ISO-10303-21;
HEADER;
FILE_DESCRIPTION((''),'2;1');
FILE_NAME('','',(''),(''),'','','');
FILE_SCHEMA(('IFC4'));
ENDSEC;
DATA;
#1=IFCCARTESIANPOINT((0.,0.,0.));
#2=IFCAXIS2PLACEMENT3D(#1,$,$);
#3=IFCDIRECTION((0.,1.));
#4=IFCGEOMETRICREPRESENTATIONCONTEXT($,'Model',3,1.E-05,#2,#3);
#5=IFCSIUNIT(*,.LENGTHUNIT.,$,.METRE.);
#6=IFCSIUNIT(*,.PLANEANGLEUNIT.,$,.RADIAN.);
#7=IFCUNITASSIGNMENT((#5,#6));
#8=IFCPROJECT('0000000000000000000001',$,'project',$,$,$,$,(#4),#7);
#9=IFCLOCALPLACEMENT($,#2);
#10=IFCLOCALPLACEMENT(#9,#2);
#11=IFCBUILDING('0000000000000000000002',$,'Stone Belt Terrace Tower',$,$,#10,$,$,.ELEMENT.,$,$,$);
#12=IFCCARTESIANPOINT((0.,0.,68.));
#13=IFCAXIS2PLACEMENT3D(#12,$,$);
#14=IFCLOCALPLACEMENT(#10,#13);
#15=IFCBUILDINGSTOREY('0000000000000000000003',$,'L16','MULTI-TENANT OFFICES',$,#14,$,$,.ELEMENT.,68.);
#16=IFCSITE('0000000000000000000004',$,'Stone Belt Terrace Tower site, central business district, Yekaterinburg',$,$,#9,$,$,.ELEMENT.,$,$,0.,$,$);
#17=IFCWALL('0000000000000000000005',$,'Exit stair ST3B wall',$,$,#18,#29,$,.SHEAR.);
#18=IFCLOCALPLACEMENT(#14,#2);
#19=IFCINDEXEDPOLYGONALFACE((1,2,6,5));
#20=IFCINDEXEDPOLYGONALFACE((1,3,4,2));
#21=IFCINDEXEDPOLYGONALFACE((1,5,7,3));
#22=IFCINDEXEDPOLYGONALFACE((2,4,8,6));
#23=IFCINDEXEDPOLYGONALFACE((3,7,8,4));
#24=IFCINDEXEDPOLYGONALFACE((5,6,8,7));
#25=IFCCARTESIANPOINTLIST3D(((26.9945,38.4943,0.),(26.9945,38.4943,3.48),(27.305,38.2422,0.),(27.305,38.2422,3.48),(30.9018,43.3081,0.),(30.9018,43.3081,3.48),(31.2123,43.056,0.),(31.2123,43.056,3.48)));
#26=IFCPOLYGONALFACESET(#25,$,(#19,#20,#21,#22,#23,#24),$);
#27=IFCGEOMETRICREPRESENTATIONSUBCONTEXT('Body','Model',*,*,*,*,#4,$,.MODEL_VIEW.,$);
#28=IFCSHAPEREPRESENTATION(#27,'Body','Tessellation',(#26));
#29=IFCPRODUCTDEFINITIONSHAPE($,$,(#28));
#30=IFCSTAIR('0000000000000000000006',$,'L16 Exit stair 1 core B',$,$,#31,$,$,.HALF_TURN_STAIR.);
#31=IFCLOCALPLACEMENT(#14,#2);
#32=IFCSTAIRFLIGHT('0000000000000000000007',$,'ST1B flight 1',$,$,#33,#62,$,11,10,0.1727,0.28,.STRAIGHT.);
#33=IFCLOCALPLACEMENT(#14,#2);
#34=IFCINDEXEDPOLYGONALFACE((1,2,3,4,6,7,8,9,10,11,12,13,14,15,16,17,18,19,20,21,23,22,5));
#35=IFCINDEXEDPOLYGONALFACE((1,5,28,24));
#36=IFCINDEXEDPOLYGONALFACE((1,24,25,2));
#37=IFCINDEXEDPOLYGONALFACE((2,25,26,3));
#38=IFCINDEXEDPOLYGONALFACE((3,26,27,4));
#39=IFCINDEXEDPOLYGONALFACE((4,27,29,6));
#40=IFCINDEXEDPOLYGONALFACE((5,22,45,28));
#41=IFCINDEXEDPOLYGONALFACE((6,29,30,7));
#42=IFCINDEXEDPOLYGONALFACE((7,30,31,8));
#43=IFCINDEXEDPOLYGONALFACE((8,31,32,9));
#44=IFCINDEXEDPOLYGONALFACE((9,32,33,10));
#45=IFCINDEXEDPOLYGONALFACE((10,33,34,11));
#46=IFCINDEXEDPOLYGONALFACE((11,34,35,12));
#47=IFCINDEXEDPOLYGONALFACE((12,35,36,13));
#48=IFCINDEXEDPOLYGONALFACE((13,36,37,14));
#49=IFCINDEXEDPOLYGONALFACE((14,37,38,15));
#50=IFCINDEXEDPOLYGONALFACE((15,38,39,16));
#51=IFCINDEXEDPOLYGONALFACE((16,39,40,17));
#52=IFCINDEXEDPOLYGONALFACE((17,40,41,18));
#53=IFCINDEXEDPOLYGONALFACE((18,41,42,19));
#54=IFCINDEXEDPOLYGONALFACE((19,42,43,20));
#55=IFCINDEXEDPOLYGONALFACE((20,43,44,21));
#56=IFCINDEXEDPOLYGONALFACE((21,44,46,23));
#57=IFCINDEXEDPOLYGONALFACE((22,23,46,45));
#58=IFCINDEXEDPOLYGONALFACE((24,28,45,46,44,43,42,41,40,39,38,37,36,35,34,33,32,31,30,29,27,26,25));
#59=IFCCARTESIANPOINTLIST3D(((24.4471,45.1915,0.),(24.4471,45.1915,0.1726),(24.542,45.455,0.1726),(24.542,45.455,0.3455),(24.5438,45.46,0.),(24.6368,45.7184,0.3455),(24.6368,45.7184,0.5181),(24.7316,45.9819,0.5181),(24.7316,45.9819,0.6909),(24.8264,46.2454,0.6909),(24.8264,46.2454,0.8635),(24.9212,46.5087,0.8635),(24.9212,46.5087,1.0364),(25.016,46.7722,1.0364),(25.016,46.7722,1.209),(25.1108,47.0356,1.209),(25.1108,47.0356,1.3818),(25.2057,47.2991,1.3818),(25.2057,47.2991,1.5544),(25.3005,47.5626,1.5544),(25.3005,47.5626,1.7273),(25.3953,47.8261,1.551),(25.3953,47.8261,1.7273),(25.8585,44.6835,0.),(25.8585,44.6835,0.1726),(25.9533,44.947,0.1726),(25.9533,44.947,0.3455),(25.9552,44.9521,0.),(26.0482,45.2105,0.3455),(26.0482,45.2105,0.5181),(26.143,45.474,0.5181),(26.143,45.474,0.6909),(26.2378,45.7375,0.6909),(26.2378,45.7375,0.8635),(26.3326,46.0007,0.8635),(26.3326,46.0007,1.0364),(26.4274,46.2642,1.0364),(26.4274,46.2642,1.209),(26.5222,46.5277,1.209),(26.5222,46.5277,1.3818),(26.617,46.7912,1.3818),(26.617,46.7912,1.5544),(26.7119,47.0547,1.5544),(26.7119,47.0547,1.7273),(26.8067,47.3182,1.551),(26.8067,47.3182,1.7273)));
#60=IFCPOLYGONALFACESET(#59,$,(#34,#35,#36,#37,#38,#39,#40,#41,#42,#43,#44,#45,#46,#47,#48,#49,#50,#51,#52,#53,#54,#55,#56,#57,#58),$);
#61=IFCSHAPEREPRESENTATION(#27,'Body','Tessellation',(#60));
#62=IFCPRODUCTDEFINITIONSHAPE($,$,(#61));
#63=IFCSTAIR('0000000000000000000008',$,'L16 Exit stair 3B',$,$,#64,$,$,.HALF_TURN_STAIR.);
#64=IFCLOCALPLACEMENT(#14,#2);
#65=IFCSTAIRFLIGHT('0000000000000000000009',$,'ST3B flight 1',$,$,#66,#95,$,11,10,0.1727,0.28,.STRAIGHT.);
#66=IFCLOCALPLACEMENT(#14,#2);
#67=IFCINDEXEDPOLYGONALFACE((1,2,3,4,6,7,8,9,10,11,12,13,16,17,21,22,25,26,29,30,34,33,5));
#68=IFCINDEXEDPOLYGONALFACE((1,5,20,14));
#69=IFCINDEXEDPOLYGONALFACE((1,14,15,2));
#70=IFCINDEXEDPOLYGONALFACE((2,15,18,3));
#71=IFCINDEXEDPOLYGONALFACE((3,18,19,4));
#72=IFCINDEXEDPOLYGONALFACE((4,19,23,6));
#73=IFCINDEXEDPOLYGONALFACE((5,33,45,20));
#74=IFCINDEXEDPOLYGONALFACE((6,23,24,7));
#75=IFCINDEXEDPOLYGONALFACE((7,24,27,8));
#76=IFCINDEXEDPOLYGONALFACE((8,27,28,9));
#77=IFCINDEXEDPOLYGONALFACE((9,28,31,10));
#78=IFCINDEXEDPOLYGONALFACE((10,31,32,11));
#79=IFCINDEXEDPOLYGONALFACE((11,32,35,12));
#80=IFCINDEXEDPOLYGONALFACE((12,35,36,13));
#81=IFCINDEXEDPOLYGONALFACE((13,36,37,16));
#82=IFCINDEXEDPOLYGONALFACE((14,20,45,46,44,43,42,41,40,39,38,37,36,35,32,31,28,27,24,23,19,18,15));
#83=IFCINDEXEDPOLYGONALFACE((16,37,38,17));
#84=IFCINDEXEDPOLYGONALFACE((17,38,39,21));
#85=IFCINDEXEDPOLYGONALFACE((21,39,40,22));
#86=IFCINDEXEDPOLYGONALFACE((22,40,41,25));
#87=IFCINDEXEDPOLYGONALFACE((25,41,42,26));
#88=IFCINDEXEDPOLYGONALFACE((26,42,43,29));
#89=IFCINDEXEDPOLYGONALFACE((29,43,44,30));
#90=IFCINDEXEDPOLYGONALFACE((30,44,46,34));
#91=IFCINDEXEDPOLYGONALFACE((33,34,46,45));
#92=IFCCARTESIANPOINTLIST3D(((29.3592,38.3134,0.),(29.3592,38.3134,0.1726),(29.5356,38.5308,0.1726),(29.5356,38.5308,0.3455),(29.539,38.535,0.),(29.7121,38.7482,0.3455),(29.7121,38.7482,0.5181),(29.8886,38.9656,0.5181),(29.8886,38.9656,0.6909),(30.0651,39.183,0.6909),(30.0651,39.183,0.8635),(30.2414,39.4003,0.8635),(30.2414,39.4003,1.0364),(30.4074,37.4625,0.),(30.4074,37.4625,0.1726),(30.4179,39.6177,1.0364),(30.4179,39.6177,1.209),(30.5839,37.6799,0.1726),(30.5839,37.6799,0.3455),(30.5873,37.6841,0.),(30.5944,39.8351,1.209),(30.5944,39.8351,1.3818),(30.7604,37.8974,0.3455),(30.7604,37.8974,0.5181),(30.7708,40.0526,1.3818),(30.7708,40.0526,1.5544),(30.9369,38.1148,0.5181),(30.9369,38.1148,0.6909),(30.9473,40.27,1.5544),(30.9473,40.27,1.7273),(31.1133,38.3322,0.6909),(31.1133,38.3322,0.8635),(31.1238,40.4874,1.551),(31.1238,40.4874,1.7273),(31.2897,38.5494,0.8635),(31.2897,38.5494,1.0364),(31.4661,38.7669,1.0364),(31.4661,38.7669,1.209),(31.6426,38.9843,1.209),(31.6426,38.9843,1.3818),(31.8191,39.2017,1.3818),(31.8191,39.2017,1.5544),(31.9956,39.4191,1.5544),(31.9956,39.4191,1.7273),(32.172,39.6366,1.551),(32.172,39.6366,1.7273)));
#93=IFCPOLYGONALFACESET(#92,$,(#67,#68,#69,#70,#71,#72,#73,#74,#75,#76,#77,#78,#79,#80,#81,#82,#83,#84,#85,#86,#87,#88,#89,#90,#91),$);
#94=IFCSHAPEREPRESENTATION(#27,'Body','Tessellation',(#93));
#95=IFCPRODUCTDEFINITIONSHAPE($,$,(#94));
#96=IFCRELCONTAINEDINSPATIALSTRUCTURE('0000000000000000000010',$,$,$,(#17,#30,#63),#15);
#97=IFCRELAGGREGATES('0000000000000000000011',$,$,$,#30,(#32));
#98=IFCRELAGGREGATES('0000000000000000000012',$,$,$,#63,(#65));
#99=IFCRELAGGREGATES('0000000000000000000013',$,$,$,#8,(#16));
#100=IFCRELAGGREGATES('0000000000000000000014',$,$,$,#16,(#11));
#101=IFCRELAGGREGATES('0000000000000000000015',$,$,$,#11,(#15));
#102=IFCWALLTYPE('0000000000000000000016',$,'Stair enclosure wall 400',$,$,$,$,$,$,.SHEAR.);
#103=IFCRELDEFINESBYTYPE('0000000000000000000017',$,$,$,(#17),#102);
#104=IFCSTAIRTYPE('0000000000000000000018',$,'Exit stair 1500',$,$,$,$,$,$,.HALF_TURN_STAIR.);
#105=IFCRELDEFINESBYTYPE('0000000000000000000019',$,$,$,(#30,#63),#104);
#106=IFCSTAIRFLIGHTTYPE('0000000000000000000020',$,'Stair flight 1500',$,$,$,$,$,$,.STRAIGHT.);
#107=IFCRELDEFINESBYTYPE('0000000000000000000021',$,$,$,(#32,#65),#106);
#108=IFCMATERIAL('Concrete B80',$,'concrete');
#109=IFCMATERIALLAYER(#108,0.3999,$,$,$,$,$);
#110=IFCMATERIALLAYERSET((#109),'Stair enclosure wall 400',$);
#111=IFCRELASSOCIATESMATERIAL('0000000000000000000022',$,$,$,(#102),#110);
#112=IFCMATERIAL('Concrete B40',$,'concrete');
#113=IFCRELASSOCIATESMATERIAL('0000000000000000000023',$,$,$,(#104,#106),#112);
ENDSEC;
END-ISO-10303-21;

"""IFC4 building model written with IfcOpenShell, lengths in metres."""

from ifc_helpers import new_model, si_unit, direction, frame, frame_2d, origin, place, context, subcontext, project, spatial, polyline, rectangle, outline, extrude, material, layer, layer_set, type_object, element, aggregate, save


model = new_model("IFC4")

# Units and contexts
model_context = context("Model", 3, precision=1e-05, world=origin(), true_north=direction((0.0, 1.0)))
body_context = subcontext(model_context, "Body", "Model", "MODEL_VIEW")
ifc_project = project(units=[si_unit("LENGTHUNIT", "METRE"), si_unit("PLANEANGLEUNIT", "RADIAN")], contexts=[model_context])

# Site, building, storey
site_placement = place(None, origin())
site = spatial("IfcSite", under=ifc_project, at=site_placement, Name="Stone Belt Terrace Tower site, central business district, Yekaterinburg", CompositionType="ELEMENT", RefElevation=0.0)
building_placement = place(site_placement, origin())
building = spatial("IfcBuilding", under=site, at=building_placement, Name="Stone Belt Terrace Tower", CompositionType="ELEMENT")
storey_placement = place(building_placement, frame((0.0, 0.0, 68.0)))
storey = spatial("IfcBuildingStorey", under=building, at=storey_placement, Name="L16", Description="MULTI-TENANT OFFICES", CompositionType="ELEMENT", Elevation=68.0)

# Shared definitions
ifc_material_1 = material(Name="Concrete B80", Category="concrete")

# Shared definitions
ifc_layer_1 = layer(ifc_material_1, 0.3999)
ifc_layer_set_1 = layer_set([ifc_layer_1], Name="Stair enclosure wall 400")
wall_type_1 = type_object("IfcWallType", Name="Stair enclosure wall 400", PredefinedType="SHEAR", material=ifc_layer_set_1)

# Wall
wall_1_placement = place(storey_placement, frame((27.1497, 38.3682, 0.0), z_axis=(0.0, 0.0, 1.0), x_axis=(0.630212, 0.776423, 0.0)))
element("IfcWall", 1, at=wall_1_placement, inside=storey, type_object=wall_type_1, Name="Exit stair ST3B wall", PredefinedType="SHEAR", context=body_context, shape_type="SweptSolid", body=[
    extrude(rectangle(XDim=6.2, YDim=0.3999, at=frame_2d((3.1001, 0.0))), origin(), (0.0, 0.0, 1.0), 3.48),
])

# Stairs, stair flights
ifc_material_2 = material(Name="Concrete B40", Category="concrete")
stair_type = type_object("IfcStairType", Name="Exit stair 1500", PredefinedType="HALF_TURN_STAIR", material=ifc_material_2)
stair_1_placement = place(storey_placement, origin())
stair_1 = element("IfcStair", 2, at=stair_1_placement, inside=storey, type_object=stair_type, Name="L16 Exit stair 1 core B", PredefinedType="HALF_TURN_STAIR")
stair_flight_type = type_object("IfcStairFlightType", Name="Stair flight 1500", PredefinedType="STRAIGHT", material=ifc_material_2)
stair_flight_1_placement = place(storey_placement, frame((25.1528, 44.9375, 0.0), z_axis=(0.0, 0.0, 1.0), x_axis=(0.338624, 0.940922, 0.0)))
stair_flight_1 = element("IfcStairFlight", 3, at=stair_flight_1_placement, type_object=stair_flight_type, Name="ST1B flight 1", NumberOfRisers=11, NumberOfTreads=10, PredefinedType="STRAIGHT", RiserHeight=0.1727, TreadLength=0.28, context=body_context, shape_type="SweptSolid", body=[
    extrude(outline(polyline([(0.0, 0.0), (0.0, 0.1726), (0.28, 0.1726), (0.28, 0.3455), (0.5601, 0.3455), (0.5601, 0.5181), (0.8401, 0.5181), (0.8401, 0.6909), (1.1201, 0.6909), (1.1201, 0.8635), (1.3999, 0.8635), (1.3999, 1.0364), (1.6799, 1.0364), (1.6799, 1.209), (1.96, 1.209), (1.96, 1.3818), (2.24, 1.3818), (2.24, 1.5544), (2.52, 1.5544), (2.52, 1.7273), (2.8, 1.7273), (2.8, 1.8999), (2.8, 1.551), (0.2854, 0.0), (0.0, 0.0)])), frame((0.0, 0.75, 0.0), z_axis=(0.0, -1.0, 0.0), x_axis=(1.0, 0.0, 0.0)), (0.0, 0.0, 1.0), 1.5),
])
aggregate(stair_1, [stair_flight_1])
stair_2_placement = place(storey_placement, origin())
stair_2 = element("IfcStair", 4, at=stair_2_placement, inside=storey, type_object=stair_type, Name="L16 Exit stair 3B", PredefinedType="HALF_TURN_STAIR")
stair_flight_2_placement = place(storey_placement, frame((29.8833, 37.8879, 0.0), z_axis=(0.0, 0.0, 1.0), x_axis=(0.630206, 0.776428, 0.0)))
stair_flight_2 = element("IfcStairFlight", 5, at=stair_flight_2_placement, type_object=stair_flight_type, Name="ST3B flight 1", NumberOfRisers=11, NumberOfTreads=10, PredefinedType="STRAIGHT", RiserHeight=0.1727, TreadLength=0.28, context=body_context, shape_type="SweptSolid", body=[
    extrude(outline(polyline([(0.0, 0.0), (0.0, 0.1726), (0.28, 0.1726), (0.28, 0.3455), (0.5601, 0.3455), (0.5601, 0.5181), (0.8401, 0.5181), (0.8401, 0.6909), (1.1201, 0.6909), (1.1201, 0.8635), (1.3999, 0.8635), (1.3999, 1.0364), (1.6799, 1.0364), (1.6799, 1.209), (1.96, 1.209), (1.96, 1.3818), (2.24, 1.3818), (2.24, 1.5544), (2.52, 1.5544), (2.52, 1.7273), (2.8, 1.7273), (2.8, 1.8999), (2.8, 1.551), (0.2854, 0.0), (0.0, 0.0)])), frame((0.0, 0.675, 0.0), z_axis=(0.0, -1.0, 0.0), x_axis=(1.0, 0.0, 0.0)), (0.0, 0.0, 1.0), 1.3501),
])
aggregate(stair_2, [stair_flight_2])

save(model, "model.ifc")
